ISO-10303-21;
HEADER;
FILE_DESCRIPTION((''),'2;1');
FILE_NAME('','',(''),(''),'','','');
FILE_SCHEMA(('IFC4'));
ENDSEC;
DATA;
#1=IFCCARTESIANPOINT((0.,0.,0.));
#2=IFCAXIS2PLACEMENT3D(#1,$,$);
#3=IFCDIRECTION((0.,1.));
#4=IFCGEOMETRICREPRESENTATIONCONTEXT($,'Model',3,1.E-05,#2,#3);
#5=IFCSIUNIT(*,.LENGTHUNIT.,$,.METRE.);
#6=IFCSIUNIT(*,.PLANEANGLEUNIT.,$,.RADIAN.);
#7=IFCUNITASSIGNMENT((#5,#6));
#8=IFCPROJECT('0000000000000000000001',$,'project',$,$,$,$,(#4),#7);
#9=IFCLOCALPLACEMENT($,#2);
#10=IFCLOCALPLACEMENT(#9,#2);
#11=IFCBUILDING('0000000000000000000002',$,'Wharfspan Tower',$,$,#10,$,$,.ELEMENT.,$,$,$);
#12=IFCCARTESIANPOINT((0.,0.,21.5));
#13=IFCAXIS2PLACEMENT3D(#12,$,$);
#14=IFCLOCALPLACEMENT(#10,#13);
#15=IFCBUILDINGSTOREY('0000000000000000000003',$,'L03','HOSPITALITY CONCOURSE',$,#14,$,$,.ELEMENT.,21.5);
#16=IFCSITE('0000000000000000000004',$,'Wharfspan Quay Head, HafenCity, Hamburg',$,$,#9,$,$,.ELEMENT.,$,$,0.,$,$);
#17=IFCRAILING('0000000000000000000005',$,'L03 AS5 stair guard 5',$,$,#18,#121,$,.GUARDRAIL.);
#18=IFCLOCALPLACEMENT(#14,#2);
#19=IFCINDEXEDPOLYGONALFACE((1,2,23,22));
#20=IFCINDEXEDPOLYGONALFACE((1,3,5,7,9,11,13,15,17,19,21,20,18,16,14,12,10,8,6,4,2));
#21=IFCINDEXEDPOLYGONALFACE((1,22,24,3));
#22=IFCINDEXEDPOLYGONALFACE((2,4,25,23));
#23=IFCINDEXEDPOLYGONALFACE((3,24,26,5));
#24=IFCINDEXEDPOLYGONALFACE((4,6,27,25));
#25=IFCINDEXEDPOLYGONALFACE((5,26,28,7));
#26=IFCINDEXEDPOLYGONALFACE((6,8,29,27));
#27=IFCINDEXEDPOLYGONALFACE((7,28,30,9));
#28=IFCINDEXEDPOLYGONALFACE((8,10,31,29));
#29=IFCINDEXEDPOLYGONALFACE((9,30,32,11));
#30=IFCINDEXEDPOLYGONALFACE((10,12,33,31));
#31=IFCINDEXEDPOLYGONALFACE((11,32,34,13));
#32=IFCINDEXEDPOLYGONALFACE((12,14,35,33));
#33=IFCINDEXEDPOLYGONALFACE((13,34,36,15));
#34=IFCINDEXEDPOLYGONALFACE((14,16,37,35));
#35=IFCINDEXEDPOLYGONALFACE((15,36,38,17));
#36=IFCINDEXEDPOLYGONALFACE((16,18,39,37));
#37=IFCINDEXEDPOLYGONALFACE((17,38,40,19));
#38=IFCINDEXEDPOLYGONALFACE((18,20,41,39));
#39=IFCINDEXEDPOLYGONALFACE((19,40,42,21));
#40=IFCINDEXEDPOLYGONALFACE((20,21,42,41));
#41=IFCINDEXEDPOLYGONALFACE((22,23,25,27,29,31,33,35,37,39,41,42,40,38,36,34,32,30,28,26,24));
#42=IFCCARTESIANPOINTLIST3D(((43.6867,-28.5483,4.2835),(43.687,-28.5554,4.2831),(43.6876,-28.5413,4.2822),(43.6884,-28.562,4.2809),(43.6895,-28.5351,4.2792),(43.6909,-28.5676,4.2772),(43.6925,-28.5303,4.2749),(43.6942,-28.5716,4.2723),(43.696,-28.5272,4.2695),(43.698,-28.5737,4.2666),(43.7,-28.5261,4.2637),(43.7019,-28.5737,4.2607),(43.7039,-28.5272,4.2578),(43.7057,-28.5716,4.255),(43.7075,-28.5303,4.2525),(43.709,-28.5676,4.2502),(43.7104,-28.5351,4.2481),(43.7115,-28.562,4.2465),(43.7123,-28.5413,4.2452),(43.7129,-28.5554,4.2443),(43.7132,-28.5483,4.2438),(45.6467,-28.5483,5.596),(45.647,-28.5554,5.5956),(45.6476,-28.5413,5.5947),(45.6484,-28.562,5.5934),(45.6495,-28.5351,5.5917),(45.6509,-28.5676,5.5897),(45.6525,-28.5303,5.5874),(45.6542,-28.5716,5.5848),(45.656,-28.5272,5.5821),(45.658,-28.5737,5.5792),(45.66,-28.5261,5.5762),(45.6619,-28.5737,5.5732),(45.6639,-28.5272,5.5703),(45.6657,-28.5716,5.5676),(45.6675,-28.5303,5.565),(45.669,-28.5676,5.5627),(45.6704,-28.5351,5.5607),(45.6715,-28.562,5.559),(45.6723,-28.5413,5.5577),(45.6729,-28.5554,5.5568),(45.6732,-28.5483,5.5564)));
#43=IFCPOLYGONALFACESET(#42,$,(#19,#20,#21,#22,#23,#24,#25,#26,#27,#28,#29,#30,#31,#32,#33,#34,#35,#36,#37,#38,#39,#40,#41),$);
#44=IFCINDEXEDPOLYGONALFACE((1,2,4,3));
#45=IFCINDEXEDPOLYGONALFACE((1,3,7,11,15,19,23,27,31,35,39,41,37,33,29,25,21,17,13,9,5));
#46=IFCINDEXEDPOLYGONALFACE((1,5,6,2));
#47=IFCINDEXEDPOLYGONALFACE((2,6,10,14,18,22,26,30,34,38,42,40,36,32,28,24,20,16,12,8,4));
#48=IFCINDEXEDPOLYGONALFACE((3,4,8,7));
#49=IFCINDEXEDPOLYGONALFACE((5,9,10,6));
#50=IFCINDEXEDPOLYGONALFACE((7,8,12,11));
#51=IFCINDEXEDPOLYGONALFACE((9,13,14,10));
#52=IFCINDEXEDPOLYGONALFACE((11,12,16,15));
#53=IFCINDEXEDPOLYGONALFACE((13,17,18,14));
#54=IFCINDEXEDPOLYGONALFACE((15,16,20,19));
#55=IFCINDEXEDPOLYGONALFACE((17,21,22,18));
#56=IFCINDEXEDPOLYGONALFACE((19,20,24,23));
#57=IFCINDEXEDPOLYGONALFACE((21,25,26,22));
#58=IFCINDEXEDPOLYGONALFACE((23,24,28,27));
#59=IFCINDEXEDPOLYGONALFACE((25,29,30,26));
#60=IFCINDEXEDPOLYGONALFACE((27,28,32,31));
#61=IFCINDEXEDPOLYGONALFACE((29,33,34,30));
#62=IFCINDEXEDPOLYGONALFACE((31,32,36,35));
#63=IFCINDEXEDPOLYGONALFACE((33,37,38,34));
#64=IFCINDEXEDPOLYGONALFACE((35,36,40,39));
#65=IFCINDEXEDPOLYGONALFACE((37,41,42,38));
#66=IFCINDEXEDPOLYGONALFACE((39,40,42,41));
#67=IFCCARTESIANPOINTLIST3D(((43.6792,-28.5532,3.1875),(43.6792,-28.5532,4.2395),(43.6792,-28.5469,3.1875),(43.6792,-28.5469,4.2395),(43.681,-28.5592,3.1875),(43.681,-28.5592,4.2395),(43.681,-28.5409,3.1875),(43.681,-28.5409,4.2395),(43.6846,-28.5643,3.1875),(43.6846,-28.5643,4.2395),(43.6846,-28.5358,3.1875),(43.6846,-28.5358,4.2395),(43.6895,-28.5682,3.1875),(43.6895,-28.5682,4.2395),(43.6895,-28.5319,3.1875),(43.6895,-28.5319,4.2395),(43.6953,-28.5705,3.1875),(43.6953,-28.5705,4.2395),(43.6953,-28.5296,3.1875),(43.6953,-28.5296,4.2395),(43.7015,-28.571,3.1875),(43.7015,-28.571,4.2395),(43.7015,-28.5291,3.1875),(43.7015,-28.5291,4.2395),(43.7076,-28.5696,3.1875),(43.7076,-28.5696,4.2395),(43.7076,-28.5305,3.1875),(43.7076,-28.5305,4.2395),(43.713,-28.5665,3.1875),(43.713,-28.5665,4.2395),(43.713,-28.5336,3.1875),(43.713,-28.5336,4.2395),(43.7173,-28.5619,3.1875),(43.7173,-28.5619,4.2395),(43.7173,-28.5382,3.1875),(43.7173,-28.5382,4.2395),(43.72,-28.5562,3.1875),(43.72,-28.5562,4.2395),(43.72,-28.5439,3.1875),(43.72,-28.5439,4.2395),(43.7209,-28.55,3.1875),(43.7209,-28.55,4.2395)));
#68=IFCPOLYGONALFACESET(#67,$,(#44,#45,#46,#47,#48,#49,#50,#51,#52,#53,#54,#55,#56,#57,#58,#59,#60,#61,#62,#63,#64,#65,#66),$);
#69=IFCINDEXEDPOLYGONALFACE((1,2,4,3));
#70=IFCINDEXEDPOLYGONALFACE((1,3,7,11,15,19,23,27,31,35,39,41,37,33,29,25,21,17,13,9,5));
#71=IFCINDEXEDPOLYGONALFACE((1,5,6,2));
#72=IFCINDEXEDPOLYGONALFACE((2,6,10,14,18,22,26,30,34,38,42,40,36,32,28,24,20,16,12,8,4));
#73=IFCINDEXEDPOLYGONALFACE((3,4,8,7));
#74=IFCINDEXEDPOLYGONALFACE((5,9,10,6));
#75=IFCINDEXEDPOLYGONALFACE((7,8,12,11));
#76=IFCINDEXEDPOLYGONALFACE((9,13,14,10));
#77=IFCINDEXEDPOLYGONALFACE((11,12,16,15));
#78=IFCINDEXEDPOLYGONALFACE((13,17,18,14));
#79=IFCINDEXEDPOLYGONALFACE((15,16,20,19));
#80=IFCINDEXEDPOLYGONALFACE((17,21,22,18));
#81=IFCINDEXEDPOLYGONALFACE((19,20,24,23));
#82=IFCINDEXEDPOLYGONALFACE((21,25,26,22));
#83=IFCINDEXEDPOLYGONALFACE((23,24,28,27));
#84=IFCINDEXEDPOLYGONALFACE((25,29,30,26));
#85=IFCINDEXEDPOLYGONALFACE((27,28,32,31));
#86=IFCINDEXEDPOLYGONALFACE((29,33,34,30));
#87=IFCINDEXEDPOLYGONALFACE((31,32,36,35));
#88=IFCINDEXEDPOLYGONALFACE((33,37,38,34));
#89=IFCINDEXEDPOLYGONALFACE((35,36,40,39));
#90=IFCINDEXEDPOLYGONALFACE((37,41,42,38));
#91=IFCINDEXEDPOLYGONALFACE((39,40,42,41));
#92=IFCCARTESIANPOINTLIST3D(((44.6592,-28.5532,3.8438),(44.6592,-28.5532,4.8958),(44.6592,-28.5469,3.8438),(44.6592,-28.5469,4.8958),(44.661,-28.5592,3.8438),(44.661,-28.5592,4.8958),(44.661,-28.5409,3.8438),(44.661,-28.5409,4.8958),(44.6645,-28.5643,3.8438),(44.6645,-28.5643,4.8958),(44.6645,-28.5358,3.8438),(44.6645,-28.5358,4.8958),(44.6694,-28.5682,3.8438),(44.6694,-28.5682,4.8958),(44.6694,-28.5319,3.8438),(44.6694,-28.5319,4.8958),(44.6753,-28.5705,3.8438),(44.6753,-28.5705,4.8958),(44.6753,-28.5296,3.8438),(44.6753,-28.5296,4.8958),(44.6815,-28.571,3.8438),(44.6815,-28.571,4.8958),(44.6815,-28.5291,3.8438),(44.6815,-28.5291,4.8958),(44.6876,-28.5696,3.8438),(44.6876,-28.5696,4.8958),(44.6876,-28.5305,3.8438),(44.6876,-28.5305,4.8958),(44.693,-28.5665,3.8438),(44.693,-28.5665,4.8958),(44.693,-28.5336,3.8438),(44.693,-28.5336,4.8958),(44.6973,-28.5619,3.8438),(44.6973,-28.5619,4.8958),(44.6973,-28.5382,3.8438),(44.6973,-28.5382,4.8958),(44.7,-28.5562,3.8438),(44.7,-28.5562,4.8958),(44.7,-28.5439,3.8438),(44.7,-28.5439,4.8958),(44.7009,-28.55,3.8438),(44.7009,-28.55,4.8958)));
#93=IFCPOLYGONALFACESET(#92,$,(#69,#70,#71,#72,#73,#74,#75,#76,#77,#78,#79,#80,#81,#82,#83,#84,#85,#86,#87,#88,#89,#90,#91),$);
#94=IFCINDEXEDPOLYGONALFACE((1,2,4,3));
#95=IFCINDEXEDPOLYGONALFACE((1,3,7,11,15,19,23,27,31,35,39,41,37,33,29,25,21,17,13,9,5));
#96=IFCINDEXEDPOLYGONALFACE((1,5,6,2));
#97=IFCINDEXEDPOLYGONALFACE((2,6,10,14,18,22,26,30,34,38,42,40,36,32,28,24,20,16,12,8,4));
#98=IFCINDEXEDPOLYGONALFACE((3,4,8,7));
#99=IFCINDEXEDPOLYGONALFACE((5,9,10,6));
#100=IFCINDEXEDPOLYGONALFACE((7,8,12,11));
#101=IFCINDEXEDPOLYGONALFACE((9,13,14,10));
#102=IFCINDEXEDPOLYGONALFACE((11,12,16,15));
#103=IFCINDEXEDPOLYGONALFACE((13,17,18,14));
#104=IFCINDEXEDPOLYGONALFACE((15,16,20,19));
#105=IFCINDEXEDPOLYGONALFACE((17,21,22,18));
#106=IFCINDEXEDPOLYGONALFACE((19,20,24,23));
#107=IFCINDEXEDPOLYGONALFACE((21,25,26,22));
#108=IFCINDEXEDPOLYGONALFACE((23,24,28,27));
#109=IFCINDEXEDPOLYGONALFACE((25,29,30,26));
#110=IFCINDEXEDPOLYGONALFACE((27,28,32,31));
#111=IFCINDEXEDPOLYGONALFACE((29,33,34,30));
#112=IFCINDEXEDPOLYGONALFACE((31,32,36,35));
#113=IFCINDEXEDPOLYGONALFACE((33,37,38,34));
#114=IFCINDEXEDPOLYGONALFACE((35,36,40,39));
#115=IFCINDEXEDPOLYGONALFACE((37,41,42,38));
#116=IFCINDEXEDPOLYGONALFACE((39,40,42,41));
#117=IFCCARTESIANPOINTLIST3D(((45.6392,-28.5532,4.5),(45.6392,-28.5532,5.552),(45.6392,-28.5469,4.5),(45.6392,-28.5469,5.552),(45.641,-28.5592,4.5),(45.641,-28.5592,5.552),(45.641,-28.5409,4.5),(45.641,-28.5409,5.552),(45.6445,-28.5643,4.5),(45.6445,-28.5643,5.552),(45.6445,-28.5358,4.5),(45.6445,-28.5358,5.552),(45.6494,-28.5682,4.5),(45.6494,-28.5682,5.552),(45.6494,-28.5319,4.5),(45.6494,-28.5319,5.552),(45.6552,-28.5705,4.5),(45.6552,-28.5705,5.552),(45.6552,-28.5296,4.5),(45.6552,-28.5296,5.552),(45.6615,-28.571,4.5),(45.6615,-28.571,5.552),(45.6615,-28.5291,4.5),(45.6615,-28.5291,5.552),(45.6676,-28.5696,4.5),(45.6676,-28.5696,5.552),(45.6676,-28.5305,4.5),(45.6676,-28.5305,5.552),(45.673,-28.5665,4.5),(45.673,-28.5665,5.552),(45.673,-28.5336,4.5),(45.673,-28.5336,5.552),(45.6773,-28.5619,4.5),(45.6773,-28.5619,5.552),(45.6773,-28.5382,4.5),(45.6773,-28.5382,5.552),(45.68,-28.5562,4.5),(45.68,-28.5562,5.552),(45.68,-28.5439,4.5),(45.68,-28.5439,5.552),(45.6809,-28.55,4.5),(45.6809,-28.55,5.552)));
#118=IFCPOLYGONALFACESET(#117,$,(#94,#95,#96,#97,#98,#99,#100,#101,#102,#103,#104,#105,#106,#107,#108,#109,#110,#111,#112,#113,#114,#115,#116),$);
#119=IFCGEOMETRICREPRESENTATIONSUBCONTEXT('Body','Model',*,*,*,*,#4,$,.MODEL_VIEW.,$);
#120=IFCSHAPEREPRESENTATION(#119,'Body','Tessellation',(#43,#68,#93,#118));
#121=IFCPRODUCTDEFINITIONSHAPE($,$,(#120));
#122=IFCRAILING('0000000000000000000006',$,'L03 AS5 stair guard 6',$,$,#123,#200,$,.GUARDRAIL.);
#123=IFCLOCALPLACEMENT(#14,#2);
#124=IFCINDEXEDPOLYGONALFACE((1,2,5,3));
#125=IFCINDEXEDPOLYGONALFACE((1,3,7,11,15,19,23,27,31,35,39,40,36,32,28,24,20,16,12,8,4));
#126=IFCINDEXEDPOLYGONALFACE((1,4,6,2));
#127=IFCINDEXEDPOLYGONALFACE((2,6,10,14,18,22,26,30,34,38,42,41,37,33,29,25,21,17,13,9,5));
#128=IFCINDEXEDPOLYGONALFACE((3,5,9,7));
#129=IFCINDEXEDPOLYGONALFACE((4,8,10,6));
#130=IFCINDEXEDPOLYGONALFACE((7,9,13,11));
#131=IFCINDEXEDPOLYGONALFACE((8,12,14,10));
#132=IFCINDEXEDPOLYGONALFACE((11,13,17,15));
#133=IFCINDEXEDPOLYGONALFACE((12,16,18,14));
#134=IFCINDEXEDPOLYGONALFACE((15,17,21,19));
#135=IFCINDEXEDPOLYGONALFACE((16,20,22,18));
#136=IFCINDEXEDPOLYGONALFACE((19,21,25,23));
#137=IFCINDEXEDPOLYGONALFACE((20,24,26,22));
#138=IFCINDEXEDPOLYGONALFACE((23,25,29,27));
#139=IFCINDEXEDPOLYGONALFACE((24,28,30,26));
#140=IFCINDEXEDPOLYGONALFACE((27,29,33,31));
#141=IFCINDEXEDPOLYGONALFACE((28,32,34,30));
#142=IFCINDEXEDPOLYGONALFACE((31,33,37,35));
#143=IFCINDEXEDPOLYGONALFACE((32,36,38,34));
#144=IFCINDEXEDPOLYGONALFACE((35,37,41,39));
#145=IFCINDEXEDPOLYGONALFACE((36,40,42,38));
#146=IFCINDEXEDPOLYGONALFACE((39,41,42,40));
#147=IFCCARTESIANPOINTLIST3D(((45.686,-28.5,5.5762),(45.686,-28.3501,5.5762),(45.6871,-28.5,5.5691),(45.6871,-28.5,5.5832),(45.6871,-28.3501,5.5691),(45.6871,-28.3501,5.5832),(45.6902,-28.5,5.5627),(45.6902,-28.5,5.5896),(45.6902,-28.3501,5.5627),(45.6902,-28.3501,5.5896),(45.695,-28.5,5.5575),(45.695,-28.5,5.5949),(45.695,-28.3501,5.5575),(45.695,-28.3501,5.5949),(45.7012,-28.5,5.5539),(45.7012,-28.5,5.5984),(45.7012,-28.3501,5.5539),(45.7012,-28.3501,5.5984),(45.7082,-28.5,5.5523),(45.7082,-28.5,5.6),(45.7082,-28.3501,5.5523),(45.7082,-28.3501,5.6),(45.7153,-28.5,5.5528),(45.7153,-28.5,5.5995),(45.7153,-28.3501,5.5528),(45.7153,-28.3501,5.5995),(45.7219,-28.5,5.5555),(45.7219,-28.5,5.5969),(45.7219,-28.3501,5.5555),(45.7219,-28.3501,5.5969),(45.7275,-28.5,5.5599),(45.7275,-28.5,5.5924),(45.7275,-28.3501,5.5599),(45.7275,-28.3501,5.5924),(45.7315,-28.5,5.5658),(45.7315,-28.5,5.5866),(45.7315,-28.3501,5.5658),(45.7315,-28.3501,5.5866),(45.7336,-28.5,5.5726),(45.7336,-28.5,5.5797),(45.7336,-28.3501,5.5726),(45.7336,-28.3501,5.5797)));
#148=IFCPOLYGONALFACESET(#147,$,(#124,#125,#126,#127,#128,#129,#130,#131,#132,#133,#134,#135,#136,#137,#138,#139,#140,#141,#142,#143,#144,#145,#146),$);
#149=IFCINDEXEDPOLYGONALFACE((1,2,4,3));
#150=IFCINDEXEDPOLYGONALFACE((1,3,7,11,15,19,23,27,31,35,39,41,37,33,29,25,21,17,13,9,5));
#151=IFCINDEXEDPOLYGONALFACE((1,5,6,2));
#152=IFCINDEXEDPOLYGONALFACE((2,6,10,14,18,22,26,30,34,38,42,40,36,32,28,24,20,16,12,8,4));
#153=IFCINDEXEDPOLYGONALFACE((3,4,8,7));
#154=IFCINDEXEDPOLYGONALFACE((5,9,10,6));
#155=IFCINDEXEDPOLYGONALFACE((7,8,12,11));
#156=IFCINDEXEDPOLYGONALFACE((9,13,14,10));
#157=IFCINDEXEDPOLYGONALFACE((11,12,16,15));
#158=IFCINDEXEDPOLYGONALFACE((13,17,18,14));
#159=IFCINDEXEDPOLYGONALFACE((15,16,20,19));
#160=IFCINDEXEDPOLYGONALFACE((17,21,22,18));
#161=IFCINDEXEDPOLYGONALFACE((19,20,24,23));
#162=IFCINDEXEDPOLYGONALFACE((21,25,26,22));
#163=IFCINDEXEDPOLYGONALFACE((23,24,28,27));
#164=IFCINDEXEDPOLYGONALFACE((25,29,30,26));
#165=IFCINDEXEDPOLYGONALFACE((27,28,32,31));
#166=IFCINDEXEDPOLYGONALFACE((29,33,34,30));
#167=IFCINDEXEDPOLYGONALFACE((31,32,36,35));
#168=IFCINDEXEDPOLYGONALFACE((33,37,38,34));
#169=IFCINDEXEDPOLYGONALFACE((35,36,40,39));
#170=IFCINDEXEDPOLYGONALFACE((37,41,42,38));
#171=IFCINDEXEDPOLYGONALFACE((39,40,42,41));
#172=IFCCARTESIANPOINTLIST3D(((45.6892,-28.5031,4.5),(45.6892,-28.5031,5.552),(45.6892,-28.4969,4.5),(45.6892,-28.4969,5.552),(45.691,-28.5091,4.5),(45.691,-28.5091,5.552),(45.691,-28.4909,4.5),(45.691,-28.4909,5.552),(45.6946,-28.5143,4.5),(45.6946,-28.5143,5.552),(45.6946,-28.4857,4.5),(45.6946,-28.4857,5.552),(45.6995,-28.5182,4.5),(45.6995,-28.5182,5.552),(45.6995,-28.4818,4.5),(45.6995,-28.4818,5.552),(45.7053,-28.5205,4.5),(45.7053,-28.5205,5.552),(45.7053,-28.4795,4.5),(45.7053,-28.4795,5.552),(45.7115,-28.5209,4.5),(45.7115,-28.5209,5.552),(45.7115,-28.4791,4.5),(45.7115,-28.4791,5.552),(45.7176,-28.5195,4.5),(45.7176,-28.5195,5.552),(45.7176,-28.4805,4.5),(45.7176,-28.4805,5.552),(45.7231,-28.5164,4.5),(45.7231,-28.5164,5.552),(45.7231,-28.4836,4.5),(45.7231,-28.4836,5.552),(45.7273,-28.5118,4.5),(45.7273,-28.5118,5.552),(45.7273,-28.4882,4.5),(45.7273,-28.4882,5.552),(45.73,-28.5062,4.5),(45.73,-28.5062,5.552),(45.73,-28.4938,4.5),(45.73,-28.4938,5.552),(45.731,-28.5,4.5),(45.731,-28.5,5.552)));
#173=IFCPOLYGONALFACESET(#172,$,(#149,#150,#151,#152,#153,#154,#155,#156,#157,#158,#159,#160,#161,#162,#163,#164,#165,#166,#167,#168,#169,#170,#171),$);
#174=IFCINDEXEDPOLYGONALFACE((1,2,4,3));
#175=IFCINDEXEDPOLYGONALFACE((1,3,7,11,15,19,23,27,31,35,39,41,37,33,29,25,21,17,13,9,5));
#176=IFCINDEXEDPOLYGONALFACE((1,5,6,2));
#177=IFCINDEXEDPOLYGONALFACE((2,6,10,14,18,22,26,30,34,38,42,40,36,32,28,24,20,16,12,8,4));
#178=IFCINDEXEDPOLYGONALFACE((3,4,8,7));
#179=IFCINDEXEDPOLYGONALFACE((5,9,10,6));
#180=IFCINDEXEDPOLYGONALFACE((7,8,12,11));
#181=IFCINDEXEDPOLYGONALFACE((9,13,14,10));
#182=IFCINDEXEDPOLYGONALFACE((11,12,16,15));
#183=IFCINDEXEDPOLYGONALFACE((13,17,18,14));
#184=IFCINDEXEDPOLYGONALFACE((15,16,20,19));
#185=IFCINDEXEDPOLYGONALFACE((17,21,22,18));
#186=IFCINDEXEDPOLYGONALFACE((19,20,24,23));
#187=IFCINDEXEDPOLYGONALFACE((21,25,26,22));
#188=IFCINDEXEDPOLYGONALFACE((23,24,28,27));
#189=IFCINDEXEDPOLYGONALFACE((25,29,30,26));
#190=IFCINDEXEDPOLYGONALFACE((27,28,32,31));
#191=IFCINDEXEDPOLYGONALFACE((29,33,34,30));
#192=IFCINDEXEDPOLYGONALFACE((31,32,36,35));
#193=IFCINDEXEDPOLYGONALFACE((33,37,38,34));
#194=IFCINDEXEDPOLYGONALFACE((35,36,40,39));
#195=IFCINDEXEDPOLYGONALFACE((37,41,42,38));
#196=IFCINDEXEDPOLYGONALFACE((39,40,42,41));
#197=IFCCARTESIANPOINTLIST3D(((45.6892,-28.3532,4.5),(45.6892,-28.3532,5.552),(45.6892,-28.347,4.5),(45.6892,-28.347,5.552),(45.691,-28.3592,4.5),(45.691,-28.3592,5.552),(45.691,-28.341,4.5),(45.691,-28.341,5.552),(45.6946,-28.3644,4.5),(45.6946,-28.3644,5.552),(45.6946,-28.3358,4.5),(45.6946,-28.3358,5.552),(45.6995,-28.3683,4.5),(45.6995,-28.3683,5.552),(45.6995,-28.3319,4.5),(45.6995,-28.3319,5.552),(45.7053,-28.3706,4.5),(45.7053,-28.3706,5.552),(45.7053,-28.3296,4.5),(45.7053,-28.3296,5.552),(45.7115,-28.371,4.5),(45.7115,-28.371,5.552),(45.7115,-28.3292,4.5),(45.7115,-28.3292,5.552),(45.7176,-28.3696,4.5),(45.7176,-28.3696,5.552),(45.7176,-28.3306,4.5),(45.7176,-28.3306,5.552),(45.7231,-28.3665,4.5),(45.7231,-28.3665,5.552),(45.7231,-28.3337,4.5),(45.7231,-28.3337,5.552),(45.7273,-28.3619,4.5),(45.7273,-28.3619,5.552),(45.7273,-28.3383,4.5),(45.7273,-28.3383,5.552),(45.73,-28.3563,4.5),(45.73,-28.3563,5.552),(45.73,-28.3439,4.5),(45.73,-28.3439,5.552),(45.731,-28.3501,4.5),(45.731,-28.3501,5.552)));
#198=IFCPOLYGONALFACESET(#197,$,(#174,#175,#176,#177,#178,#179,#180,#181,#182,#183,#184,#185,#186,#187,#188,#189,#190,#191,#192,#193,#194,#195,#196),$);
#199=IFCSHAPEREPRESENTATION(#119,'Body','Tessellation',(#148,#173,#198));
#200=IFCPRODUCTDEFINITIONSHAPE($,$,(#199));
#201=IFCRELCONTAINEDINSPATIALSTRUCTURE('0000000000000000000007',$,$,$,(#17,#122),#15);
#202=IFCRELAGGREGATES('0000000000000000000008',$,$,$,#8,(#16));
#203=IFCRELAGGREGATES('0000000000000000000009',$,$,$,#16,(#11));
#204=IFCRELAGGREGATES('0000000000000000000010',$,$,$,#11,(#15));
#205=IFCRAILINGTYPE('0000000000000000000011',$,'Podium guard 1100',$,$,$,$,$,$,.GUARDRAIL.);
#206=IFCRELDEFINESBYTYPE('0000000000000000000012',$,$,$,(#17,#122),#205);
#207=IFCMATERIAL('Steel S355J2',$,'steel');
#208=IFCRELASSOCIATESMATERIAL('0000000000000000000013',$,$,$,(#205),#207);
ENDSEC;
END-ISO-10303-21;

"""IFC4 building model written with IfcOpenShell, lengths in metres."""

from ifc_helpers import new_model, si_unit, direction, frame, origin, origin_2d, place, context, subcontext, project, spatial, circle, extrude, material, type_object, element, save


model = new_model("IFC4")

# Units and contexts
model_context = context("Model", 3, precision=1e-05, world=origin(), true_north=direction((0.0, 1.0)))
body_context = subcontext(model_context, "Body", "Model", "MODEL_VIEW")
ifc_project = project(units=[si_unit("LENGTHUNIT", "METRE"), si_unit("PLANEANGLEUNIT", "RADIAN")], contexts=[model_context])

# Site, building, storey
site_placement = place(None, origin())
site = spatial("IfcSite", under=ifc_project, at=site_placement, Name="Wharfspan Quay Head, HafenCity, Hamburg", CompositionType="ELEMENT", RefElevation=0.0)
building_placement = place(site_placement, origin())
building = spatial("IfcBuilding", under=site, at=building_placement, Name="Wharfspan Tower", CompositionType="ELEMENT")
storey_placement = place(building_placement, frame((0.0, 0.0, 21.5)))
storey = spatial("IfcBuildingStorey", under=building, at=storey_placement, Name="L03", Description="HOSPITALITY CONCOURSE", CompositionType="ELEMENT", Elevation=21.5)

# Railings
ifc_material_1 = material(Name="Steel S355J2", Category="steel")
railing_type_1 = type_object("IfcRailingType", Name="Podium guard 1100", PredefinedType="GUARDRAIL", material=ifc_material_1)
railing_1_placement = place(storey_placement, frame((43.7, -28.55, 3.1875)))
element("IfcRailing", 1, at=railing_1_placement, inside=storey, type_object=railing_type_1, Name="L03 AS5 stair guard 5", PredefinedType="GUARDRAIL", context=body_context, shape_type="SweptSolid", body=[
    extrude(circle(Radius=0.0239, at=origin_2d()), frame((0.0, 0.0, 1.0762), z_axis=(0.830902, 0.0, 0.556419), x_axis=(0.0, 1.0, 0.0)), (0.0, 0.0, 1.0), 2.3589),
    extrude(circle(Radius=0.021, at=origin_2d()), origin(), (0.0, 0.0, 1.0), 1.052),
    extrude(circle(Radius=0.021, at=origin_2d()), frame((0.98, 0.0, 0.6562)), (0.0, 0.0, 1.0), 1.052),
    extrude(circle(Radius=0.021, at=origin_2d()), frame((1.96, 0.0, 1.3125)), (0.0, 0.0, 1.0), 1.052),
])
railing_2_placement = place(storey_placement, frame((45.71, -28.5, 4.5)))
element("IfcRailing", 2, at=railing_2_placement, inside=storey, type_object=railing_type_1, Name="L03 AS5 stair guard 6", PredefinedType="GUARDRAIL", context=body_context, shape_type="SweptSolid", body=[
    extrude(circle(Radius=0.0239, at=origin_2d()), frame((0.0, 0.0, 1.0762), z_axis=(0.0, 1.0, 0.0), x_axis=(-1.0, 0.0, 0.0)), (0.0, 0.0, 1.0), 0.1499),
    extrude(circle(Radius=0.021, at=origin_2d()), origin(), (0.0, 0.0, 1.0), 1.052),
    extrude(circle(Radius=0.021, at=origin_2d()), frame((0.0, 0.1499, 0.0)), (0.0, 0.0, 1.0), 1.052),
])

save(model, "model.ifc")
